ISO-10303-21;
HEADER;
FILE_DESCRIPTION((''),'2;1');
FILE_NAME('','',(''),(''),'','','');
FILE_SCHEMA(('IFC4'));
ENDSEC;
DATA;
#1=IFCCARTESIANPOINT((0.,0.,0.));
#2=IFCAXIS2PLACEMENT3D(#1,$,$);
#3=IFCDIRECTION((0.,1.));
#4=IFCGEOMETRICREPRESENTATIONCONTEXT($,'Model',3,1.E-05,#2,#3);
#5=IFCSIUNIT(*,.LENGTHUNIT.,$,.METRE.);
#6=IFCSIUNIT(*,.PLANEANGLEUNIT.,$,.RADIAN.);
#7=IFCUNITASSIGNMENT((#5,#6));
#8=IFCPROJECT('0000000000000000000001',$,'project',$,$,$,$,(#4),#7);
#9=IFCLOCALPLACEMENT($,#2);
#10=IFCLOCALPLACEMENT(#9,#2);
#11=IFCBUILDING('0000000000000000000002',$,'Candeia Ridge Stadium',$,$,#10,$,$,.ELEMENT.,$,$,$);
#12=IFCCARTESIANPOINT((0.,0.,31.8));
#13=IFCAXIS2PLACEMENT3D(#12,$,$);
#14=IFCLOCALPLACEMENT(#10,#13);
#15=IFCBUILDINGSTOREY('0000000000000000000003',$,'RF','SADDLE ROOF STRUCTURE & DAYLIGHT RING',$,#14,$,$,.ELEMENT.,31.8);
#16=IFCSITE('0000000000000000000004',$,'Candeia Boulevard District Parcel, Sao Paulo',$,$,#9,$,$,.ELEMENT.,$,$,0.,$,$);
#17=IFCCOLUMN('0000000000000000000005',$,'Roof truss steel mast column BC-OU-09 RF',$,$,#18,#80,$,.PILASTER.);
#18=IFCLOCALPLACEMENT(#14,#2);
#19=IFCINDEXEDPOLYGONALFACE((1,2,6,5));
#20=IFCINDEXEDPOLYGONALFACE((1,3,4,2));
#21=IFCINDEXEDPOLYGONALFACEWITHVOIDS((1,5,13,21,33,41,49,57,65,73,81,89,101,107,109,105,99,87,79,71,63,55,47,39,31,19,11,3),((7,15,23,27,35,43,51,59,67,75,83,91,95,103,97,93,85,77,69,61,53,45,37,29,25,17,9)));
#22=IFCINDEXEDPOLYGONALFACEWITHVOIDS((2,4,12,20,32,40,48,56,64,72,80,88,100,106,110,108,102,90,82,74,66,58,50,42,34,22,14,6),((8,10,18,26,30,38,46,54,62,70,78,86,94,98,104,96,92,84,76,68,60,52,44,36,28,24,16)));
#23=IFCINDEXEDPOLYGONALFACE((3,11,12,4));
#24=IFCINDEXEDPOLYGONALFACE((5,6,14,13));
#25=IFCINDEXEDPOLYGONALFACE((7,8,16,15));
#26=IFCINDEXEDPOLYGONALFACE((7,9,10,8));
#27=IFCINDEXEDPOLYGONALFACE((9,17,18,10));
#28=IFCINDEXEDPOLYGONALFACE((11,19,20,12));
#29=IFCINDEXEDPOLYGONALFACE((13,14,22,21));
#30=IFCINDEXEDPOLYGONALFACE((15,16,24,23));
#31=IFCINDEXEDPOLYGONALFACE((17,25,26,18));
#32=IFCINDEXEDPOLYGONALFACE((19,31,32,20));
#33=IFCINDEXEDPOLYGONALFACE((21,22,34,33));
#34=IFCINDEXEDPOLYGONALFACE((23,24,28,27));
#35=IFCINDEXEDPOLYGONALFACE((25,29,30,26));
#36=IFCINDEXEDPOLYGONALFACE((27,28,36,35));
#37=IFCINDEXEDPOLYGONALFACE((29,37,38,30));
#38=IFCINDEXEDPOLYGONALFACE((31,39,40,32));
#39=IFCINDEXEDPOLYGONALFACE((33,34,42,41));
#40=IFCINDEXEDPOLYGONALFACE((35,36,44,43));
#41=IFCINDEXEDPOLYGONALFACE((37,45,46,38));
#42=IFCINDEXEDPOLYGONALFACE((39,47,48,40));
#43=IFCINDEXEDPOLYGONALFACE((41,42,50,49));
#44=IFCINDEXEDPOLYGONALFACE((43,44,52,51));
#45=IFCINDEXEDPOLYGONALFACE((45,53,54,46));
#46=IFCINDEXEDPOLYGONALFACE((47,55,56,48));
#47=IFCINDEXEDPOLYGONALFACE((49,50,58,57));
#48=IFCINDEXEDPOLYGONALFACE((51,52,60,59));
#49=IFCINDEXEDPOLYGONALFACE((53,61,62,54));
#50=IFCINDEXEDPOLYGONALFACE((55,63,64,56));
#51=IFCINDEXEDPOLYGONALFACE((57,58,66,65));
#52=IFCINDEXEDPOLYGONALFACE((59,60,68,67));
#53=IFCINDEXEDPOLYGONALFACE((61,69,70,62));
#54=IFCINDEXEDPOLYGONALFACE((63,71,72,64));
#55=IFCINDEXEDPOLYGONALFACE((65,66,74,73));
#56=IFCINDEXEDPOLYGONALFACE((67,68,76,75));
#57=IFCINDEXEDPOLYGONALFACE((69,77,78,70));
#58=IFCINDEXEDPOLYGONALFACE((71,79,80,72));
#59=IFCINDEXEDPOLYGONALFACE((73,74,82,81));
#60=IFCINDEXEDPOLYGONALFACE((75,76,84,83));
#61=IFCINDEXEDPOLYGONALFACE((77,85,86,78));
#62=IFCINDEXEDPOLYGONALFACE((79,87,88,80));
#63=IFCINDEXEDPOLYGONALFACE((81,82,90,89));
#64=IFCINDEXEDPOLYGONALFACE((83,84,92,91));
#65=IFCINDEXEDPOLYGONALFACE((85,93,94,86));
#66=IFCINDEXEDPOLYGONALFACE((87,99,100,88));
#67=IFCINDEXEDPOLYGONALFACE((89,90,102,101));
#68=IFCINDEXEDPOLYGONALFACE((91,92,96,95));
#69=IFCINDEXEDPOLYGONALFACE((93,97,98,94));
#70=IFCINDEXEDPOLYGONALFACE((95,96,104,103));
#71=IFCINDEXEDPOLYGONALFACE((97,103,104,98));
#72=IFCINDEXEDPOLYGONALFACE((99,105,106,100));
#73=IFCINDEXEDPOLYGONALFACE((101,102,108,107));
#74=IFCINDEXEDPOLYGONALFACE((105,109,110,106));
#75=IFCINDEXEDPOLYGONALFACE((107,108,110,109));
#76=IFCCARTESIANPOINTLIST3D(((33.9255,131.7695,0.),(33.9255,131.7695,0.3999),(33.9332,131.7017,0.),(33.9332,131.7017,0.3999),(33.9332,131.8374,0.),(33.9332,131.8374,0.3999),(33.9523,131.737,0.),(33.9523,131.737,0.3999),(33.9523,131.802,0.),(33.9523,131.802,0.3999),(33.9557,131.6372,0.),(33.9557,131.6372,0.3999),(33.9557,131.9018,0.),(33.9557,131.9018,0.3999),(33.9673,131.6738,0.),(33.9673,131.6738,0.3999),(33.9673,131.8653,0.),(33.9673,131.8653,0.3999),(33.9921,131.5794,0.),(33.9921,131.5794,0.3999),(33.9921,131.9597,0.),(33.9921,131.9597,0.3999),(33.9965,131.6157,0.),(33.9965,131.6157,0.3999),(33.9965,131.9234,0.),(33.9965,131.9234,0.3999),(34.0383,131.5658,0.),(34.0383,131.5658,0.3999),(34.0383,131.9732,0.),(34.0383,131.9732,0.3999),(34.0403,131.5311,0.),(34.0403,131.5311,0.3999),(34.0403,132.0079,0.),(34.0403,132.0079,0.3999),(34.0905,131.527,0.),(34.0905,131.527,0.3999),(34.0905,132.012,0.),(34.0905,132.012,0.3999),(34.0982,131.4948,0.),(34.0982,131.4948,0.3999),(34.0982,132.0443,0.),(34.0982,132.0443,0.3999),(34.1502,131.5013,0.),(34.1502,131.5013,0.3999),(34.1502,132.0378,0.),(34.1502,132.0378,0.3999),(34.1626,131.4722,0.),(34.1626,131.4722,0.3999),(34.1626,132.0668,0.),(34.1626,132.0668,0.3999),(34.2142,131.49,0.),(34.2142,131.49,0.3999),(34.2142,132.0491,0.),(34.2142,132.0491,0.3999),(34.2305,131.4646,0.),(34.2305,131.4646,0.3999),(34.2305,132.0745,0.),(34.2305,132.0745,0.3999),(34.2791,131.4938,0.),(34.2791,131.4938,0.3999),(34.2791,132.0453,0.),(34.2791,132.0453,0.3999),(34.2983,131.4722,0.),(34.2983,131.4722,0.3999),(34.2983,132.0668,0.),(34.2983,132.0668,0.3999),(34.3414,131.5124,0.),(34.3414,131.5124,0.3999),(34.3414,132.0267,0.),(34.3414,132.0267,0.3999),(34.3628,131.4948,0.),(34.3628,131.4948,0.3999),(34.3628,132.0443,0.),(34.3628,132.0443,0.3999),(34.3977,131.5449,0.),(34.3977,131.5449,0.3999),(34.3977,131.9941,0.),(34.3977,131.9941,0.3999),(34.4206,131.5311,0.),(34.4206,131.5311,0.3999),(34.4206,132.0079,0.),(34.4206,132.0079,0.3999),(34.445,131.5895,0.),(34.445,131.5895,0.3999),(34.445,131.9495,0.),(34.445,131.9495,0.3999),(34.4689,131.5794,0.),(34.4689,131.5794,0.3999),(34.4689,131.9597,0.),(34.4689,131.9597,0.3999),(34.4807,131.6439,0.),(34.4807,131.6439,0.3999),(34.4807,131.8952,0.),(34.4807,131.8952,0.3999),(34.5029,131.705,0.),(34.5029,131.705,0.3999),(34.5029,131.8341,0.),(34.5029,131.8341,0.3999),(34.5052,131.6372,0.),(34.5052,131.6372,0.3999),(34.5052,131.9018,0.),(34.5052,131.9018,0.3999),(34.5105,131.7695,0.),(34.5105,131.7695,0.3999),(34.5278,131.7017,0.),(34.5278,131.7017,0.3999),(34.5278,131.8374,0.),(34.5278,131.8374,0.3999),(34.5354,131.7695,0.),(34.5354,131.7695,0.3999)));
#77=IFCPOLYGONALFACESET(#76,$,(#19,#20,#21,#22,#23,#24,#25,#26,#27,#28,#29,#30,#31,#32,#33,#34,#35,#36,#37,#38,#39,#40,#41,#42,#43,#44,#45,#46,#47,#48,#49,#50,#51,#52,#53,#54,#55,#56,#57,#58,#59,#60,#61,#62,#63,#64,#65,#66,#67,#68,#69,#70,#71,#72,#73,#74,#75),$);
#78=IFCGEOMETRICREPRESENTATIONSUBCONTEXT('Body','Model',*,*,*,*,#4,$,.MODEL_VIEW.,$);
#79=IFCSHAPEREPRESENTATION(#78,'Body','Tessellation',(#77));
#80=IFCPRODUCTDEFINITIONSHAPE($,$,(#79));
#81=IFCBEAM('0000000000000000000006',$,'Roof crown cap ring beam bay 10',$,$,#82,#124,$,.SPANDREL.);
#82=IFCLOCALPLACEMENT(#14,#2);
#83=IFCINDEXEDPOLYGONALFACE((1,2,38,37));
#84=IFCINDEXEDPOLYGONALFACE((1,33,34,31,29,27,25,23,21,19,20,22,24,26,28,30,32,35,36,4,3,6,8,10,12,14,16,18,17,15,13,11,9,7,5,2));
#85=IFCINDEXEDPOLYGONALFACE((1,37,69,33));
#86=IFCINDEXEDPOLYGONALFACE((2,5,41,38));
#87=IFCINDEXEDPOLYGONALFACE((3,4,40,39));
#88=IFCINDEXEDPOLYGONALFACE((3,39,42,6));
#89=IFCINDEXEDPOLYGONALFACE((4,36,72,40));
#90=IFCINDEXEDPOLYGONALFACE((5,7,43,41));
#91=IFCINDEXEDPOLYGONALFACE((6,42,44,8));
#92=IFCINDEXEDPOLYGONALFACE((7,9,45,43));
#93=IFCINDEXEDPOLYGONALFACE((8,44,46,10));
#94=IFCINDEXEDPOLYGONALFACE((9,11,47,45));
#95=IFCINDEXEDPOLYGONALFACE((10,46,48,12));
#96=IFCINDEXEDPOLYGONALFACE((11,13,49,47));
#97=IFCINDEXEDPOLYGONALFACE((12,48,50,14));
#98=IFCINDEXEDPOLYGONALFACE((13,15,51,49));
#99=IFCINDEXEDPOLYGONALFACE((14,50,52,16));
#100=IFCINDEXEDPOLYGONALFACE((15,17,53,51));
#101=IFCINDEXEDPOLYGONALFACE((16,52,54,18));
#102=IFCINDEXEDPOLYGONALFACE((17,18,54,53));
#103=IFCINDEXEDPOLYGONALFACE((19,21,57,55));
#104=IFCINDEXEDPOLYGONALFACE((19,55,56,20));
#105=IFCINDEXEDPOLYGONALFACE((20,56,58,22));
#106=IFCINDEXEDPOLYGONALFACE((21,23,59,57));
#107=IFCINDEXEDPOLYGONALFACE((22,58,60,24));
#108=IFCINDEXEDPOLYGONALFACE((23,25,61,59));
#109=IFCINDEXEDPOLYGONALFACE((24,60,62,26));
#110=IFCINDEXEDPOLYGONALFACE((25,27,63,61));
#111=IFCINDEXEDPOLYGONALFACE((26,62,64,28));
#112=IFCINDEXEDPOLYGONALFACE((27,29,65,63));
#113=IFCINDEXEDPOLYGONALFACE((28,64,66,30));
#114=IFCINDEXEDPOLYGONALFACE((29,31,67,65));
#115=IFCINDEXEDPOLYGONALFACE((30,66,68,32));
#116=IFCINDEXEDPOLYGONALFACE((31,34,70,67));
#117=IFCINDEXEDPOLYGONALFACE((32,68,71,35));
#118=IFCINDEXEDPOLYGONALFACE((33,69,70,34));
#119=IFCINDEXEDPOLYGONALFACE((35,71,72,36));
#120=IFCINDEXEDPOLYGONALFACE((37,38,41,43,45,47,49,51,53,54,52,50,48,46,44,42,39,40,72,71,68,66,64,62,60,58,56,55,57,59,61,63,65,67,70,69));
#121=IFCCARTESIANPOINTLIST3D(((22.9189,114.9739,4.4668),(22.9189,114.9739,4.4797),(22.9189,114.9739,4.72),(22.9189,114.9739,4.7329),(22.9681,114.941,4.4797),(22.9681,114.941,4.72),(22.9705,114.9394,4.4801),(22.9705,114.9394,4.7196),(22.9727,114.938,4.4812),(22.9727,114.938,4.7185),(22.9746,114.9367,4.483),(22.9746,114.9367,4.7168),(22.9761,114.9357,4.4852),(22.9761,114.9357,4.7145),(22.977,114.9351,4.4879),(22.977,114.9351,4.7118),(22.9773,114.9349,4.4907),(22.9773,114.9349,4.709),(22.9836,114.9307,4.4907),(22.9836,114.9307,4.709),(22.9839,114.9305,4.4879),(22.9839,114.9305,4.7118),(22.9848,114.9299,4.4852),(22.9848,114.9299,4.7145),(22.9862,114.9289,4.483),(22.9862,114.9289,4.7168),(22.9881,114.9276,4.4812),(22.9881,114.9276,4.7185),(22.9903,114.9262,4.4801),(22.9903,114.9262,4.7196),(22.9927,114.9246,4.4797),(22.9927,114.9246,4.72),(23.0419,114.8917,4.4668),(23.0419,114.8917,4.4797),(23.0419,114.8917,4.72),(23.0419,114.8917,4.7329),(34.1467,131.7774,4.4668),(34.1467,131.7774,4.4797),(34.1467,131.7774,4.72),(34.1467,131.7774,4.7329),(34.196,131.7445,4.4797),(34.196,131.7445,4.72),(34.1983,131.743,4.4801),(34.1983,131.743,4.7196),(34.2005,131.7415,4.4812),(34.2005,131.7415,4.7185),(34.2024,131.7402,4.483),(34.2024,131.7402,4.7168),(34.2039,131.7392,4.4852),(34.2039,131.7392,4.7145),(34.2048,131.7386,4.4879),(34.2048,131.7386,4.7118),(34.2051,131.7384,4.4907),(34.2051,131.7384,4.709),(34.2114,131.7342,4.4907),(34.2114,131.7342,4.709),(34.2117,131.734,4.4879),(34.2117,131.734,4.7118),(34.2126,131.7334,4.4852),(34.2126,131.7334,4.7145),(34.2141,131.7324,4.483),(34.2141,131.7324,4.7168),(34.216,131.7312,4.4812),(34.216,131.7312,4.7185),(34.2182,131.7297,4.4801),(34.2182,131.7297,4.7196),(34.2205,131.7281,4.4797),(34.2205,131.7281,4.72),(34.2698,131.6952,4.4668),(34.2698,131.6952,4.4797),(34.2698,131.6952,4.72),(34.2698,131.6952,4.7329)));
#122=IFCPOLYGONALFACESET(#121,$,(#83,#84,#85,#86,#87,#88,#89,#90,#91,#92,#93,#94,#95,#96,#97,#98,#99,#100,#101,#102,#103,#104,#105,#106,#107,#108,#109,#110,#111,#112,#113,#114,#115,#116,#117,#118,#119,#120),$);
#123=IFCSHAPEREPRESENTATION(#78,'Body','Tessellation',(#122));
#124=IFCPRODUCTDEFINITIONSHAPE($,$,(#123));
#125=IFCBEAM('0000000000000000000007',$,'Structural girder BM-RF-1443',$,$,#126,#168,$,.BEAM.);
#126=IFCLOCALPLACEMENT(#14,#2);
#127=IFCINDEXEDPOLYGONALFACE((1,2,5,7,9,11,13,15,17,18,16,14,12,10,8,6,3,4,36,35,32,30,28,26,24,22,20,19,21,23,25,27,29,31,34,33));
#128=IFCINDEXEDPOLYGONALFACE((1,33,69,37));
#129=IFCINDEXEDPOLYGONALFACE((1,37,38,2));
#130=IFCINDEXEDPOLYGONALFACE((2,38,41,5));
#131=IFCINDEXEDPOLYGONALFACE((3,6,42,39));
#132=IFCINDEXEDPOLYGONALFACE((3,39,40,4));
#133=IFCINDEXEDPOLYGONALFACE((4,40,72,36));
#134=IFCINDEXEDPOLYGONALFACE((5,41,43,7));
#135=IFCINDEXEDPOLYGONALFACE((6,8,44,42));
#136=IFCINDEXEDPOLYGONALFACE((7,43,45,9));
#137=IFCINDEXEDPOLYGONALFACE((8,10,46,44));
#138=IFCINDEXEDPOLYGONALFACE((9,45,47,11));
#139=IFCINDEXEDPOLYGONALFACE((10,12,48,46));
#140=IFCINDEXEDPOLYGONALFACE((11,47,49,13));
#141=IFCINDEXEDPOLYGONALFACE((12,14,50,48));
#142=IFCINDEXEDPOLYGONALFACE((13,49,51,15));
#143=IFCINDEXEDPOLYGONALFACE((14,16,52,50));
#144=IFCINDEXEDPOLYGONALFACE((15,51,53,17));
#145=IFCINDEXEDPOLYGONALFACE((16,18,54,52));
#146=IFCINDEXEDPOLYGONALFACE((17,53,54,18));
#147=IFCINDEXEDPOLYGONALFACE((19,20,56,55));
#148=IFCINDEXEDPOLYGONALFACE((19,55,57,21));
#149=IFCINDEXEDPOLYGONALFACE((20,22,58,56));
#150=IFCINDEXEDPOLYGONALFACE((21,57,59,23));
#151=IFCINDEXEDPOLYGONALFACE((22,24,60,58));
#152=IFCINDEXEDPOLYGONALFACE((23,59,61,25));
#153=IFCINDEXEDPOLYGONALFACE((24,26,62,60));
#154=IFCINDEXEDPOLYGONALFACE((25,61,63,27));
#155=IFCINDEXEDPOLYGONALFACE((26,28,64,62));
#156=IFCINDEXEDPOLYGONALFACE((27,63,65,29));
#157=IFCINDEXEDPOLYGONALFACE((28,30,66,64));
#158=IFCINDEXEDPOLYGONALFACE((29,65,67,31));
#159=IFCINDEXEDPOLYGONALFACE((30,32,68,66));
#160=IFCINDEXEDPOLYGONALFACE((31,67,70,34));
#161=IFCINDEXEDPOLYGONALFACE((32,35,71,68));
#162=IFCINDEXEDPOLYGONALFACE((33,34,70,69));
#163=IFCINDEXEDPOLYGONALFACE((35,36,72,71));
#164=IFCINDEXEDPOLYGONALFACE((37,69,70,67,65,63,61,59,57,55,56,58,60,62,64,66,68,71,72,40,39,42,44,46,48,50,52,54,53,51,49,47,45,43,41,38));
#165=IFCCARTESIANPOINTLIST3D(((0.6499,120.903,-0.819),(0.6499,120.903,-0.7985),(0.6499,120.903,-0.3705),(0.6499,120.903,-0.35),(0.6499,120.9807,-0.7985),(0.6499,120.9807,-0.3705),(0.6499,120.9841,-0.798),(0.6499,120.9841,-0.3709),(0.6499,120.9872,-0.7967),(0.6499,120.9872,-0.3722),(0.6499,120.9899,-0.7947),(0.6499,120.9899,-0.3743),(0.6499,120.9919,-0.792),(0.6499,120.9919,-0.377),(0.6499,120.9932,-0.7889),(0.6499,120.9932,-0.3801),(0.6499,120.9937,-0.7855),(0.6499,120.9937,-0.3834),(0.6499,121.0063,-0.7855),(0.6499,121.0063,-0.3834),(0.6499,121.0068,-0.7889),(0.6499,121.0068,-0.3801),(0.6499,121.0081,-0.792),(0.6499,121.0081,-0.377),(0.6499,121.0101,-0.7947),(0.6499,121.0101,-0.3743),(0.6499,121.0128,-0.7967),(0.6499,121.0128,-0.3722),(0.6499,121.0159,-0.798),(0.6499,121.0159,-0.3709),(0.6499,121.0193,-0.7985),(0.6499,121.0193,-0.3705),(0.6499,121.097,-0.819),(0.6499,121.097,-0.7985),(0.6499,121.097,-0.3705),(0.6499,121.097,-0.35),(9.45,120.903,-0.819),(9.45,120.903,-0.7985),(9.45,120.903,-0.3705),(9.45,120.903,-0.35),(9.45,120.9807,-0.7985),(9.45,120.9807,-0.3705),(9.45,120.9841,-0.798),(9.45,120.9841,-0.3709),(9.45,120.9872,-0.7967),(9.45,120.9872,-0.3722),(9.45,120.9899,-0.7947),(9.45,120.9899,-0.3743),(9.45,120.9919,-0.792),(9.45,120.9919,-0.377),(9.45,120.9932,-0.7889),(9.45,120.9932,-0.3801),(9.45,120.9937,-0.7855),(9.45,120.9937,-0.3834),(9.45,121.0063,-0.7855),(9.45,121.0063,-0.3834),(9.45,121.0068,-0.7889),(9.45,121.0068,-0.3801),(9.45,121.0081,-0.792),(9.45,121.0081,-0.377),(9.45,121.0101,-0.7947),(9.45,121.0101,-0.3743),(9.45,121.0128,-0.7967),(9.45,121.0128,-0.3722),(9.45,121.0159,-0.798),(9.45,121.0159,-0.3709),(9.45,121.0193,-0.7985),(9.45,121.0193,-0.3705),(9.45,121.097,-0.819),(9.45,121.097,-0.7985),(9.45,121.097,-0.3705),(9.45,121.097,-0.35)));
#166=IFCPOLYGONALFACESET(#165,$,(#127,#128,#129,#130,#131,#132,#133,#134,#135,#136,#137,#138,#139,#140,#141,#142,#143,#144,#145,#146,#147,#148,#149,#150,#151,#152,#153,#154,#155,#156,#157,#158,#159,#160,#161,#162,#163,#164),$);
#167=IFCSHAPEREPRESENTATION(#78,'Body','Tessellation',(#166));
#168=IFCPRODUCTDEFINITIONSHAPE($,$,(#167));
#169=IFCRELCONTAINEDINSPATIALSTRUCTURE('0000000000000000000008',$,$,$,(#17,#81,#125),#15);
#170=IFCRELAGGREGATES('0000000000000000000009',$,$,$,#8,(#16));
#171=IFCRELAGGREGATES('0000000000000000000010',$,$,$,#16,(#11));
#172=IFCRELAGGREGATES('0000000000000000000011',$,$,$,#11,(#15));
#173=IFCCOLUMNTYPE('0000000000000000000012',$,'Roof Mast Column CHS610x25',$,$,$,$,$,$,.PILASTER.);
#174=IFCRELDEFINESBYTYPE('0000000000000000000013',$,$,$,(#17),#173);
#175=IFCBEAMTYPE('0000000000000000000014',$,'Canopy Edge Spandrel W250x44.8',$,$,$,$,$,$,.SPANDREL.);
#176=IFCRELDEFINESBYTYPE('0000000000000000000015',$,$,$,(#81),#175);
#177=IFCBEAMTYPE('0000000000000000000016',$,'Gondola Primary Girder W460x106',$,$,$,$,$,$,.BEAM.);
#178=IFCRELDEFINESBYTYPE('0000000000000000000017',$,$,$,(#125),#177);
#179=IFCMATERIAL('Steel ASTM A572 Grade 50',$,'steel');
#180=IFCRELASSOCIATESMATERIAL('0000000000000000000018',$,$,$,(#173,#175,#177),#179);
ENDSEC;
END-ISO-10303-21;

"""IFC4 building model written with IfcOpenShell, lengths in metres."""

from ifc_helpers import new_model, si_unit, direction, frame, origin, origin_2d, place, context, subcontext, project, spatial, hollow_circle, i_section, extrude, material, material_profile, profile_set, type_object, element, save


model = new_model("IFC4")

# Units and contexts
model_context = context("Model", 3, precision=1e-05, world=origin(), true_north=direction((0.0, 1.0)))
body_context = subcontext(model_context, "Body", "Model", "MODEL_VIEW")
ifc_project = project(units=[si_unit("LENGTHUNIT", "METRE"), si_unit("PLANEANGLEUNIT", "RADIAN")], contexts=[model_context])

# Site, building, storey
site_placement = place(None, origin())
site = spatial("IfcSite", under=ifc_project, at=site_placement, Name="Candeia Boulevard District Parcel, Sao Paulo", CompositionType="ELEMENT", RefElevation=0.0)
building_placement = place(site_placement, origin())
building = spatial("IfcBuilding", under=site, at=building_placement, Name="Candeia Ridge Stadium", CompositionType="ELEMENT")
storey_placement = place(building_placement, frame((0.0, 0.0, 31.8)))
storey = spatial("IfcBuildingStorey", under=building, at=storey_placement, Name="RF", Description="SADDLE ROOF STRUCTURE & DAYLIGHT RING", CompositionType="ELEMENT", Elevation=31.8)

# Column
ifc_material_1 = material(Name="Steel ASTM A572 Grade 50", Category="steel")
ifc_material_profile_1 = material_profile(ifc_material_1, hollow_circle(Radius=0.3049, WallThickness=0.0249, at=origin_2d()), Name="CHS610x25", Category="steel")
ifc_profile_set_1 = profile_set([ifc_material_profile_1], Name="Steel ASTM A572 Grade 50")
column_type = type_object("IfcColumnType", Name="Roof Mast Column CHS610x25", PredefinedType="PILASTER", material=ifc_profile_set_1)
column_placement = place(storey_placement, frame((34.2305, 131.7695, 0.0), z_axis=(0.0, 0.0, 1.0), x_axis=(1.0, 0.0, 0.0)))
element("IfcColumn", 1, at=column_placement, inside=storey, type_object=column_type, Name="Roof truss steel mast column BC-OU-09 RF", PredefinedType="PILASTER", context=body_context, shape_type="SweptSolid", body=[
    extrude(hollow_circle(Radius=0.3049, WallThickness=0.0249, at=origin_2d()), origin(), (0.0, 0.0, 1.0), 0.3999),
])

# Beams
ifc_material_profile_2 = material_profile(ifc_material_1, i_section(OverallWidth=0.1479, OverallDepth=0.2661, WebThickness=0.0076, FlangeThickness=0.0129, FilletRadius=0.011, at=origin_2d()), Name="W250x44.8", Category="steel")
ifc_profile_set_2 = profile_set([ifc_material_profile_2], Name="Steel ASTM A572 Grade 50")
beam_type_1 = type_object("IfcBeamType", Name="Canopy Edge Spandrel W250x44.8", PredefinedType="SPANDREL", material=ifc_profile_set_2)
beam_1_placement = place(storey_placement, frame((34.2083, 131.7363, 4.5999), z_axis=(-0.555572, -0.831468, 0.0), x_axis=(0.831468, -0.555572, 0.0)))
element("IfcBeam", 2, at=beam_1_placement, inside=storey, type_object=beam_type_1, Name="Roof crown cap ring beam bay 10", PredefinedType="SPANDREL", context=body_context, shape_type="SweptSolid", body=[
    extrude(i_section(OverallWidth=0.1479, OverallDepth=0.2661, WebThickness=0.0076, FlangeThickness=0.0129, FilletRadius=0.011, at=origin_2d()), origin(), (0.0, 0.0, 1.0), 20.2095),
])
ifc_material_profile_3 = material_profile(ifc_material_1, i_section(OverallWidth=0.1941, OverallDepth=0.469, WebThickness=0.0127, FlangeThickness=0.0205, FilletRadius=0.0129, at=origin_2d()), Name="W460x106", Category="steel")
ifc_profile_set_3 = profile_set([ifc_material_profile_3], Name="Steel ASTM A572 Grade 50")
beam_type_2 = type_object("IfcBeamType", Name="Gondola Primary Girder W460x106", PredefinedType="BEAM", material=ifc_profile_set_3)
for number, where, z_axis, x_axis, name in (
    (3, (0.6499, 121.0, -0.5845), (1.0, 0.0, 0.0), (0.0, 1.0, 0.0), "Structural girder BM-RF-1443"),
):
    element("IfcBeam", number, at=place(storey_placement, frame(where, z_axis=z_axis, x_axis=x_axis)), inside=storey, type_object=beam_type_2, Name=name, PredefinedType="BEAM", context=body_context, shape_type="SweptSolid", body=[
        extrude(i_section(OverallWidth=0.1941, OverallDepth=0.469, WebThickness=0.0127, FlangeThickness=0.0205, FilletRadius=0.0129, at=origin_2d()), origin(), (0.0, 0.0, 1.0), 8.8),
    ])

save(model, "model.ifc")
